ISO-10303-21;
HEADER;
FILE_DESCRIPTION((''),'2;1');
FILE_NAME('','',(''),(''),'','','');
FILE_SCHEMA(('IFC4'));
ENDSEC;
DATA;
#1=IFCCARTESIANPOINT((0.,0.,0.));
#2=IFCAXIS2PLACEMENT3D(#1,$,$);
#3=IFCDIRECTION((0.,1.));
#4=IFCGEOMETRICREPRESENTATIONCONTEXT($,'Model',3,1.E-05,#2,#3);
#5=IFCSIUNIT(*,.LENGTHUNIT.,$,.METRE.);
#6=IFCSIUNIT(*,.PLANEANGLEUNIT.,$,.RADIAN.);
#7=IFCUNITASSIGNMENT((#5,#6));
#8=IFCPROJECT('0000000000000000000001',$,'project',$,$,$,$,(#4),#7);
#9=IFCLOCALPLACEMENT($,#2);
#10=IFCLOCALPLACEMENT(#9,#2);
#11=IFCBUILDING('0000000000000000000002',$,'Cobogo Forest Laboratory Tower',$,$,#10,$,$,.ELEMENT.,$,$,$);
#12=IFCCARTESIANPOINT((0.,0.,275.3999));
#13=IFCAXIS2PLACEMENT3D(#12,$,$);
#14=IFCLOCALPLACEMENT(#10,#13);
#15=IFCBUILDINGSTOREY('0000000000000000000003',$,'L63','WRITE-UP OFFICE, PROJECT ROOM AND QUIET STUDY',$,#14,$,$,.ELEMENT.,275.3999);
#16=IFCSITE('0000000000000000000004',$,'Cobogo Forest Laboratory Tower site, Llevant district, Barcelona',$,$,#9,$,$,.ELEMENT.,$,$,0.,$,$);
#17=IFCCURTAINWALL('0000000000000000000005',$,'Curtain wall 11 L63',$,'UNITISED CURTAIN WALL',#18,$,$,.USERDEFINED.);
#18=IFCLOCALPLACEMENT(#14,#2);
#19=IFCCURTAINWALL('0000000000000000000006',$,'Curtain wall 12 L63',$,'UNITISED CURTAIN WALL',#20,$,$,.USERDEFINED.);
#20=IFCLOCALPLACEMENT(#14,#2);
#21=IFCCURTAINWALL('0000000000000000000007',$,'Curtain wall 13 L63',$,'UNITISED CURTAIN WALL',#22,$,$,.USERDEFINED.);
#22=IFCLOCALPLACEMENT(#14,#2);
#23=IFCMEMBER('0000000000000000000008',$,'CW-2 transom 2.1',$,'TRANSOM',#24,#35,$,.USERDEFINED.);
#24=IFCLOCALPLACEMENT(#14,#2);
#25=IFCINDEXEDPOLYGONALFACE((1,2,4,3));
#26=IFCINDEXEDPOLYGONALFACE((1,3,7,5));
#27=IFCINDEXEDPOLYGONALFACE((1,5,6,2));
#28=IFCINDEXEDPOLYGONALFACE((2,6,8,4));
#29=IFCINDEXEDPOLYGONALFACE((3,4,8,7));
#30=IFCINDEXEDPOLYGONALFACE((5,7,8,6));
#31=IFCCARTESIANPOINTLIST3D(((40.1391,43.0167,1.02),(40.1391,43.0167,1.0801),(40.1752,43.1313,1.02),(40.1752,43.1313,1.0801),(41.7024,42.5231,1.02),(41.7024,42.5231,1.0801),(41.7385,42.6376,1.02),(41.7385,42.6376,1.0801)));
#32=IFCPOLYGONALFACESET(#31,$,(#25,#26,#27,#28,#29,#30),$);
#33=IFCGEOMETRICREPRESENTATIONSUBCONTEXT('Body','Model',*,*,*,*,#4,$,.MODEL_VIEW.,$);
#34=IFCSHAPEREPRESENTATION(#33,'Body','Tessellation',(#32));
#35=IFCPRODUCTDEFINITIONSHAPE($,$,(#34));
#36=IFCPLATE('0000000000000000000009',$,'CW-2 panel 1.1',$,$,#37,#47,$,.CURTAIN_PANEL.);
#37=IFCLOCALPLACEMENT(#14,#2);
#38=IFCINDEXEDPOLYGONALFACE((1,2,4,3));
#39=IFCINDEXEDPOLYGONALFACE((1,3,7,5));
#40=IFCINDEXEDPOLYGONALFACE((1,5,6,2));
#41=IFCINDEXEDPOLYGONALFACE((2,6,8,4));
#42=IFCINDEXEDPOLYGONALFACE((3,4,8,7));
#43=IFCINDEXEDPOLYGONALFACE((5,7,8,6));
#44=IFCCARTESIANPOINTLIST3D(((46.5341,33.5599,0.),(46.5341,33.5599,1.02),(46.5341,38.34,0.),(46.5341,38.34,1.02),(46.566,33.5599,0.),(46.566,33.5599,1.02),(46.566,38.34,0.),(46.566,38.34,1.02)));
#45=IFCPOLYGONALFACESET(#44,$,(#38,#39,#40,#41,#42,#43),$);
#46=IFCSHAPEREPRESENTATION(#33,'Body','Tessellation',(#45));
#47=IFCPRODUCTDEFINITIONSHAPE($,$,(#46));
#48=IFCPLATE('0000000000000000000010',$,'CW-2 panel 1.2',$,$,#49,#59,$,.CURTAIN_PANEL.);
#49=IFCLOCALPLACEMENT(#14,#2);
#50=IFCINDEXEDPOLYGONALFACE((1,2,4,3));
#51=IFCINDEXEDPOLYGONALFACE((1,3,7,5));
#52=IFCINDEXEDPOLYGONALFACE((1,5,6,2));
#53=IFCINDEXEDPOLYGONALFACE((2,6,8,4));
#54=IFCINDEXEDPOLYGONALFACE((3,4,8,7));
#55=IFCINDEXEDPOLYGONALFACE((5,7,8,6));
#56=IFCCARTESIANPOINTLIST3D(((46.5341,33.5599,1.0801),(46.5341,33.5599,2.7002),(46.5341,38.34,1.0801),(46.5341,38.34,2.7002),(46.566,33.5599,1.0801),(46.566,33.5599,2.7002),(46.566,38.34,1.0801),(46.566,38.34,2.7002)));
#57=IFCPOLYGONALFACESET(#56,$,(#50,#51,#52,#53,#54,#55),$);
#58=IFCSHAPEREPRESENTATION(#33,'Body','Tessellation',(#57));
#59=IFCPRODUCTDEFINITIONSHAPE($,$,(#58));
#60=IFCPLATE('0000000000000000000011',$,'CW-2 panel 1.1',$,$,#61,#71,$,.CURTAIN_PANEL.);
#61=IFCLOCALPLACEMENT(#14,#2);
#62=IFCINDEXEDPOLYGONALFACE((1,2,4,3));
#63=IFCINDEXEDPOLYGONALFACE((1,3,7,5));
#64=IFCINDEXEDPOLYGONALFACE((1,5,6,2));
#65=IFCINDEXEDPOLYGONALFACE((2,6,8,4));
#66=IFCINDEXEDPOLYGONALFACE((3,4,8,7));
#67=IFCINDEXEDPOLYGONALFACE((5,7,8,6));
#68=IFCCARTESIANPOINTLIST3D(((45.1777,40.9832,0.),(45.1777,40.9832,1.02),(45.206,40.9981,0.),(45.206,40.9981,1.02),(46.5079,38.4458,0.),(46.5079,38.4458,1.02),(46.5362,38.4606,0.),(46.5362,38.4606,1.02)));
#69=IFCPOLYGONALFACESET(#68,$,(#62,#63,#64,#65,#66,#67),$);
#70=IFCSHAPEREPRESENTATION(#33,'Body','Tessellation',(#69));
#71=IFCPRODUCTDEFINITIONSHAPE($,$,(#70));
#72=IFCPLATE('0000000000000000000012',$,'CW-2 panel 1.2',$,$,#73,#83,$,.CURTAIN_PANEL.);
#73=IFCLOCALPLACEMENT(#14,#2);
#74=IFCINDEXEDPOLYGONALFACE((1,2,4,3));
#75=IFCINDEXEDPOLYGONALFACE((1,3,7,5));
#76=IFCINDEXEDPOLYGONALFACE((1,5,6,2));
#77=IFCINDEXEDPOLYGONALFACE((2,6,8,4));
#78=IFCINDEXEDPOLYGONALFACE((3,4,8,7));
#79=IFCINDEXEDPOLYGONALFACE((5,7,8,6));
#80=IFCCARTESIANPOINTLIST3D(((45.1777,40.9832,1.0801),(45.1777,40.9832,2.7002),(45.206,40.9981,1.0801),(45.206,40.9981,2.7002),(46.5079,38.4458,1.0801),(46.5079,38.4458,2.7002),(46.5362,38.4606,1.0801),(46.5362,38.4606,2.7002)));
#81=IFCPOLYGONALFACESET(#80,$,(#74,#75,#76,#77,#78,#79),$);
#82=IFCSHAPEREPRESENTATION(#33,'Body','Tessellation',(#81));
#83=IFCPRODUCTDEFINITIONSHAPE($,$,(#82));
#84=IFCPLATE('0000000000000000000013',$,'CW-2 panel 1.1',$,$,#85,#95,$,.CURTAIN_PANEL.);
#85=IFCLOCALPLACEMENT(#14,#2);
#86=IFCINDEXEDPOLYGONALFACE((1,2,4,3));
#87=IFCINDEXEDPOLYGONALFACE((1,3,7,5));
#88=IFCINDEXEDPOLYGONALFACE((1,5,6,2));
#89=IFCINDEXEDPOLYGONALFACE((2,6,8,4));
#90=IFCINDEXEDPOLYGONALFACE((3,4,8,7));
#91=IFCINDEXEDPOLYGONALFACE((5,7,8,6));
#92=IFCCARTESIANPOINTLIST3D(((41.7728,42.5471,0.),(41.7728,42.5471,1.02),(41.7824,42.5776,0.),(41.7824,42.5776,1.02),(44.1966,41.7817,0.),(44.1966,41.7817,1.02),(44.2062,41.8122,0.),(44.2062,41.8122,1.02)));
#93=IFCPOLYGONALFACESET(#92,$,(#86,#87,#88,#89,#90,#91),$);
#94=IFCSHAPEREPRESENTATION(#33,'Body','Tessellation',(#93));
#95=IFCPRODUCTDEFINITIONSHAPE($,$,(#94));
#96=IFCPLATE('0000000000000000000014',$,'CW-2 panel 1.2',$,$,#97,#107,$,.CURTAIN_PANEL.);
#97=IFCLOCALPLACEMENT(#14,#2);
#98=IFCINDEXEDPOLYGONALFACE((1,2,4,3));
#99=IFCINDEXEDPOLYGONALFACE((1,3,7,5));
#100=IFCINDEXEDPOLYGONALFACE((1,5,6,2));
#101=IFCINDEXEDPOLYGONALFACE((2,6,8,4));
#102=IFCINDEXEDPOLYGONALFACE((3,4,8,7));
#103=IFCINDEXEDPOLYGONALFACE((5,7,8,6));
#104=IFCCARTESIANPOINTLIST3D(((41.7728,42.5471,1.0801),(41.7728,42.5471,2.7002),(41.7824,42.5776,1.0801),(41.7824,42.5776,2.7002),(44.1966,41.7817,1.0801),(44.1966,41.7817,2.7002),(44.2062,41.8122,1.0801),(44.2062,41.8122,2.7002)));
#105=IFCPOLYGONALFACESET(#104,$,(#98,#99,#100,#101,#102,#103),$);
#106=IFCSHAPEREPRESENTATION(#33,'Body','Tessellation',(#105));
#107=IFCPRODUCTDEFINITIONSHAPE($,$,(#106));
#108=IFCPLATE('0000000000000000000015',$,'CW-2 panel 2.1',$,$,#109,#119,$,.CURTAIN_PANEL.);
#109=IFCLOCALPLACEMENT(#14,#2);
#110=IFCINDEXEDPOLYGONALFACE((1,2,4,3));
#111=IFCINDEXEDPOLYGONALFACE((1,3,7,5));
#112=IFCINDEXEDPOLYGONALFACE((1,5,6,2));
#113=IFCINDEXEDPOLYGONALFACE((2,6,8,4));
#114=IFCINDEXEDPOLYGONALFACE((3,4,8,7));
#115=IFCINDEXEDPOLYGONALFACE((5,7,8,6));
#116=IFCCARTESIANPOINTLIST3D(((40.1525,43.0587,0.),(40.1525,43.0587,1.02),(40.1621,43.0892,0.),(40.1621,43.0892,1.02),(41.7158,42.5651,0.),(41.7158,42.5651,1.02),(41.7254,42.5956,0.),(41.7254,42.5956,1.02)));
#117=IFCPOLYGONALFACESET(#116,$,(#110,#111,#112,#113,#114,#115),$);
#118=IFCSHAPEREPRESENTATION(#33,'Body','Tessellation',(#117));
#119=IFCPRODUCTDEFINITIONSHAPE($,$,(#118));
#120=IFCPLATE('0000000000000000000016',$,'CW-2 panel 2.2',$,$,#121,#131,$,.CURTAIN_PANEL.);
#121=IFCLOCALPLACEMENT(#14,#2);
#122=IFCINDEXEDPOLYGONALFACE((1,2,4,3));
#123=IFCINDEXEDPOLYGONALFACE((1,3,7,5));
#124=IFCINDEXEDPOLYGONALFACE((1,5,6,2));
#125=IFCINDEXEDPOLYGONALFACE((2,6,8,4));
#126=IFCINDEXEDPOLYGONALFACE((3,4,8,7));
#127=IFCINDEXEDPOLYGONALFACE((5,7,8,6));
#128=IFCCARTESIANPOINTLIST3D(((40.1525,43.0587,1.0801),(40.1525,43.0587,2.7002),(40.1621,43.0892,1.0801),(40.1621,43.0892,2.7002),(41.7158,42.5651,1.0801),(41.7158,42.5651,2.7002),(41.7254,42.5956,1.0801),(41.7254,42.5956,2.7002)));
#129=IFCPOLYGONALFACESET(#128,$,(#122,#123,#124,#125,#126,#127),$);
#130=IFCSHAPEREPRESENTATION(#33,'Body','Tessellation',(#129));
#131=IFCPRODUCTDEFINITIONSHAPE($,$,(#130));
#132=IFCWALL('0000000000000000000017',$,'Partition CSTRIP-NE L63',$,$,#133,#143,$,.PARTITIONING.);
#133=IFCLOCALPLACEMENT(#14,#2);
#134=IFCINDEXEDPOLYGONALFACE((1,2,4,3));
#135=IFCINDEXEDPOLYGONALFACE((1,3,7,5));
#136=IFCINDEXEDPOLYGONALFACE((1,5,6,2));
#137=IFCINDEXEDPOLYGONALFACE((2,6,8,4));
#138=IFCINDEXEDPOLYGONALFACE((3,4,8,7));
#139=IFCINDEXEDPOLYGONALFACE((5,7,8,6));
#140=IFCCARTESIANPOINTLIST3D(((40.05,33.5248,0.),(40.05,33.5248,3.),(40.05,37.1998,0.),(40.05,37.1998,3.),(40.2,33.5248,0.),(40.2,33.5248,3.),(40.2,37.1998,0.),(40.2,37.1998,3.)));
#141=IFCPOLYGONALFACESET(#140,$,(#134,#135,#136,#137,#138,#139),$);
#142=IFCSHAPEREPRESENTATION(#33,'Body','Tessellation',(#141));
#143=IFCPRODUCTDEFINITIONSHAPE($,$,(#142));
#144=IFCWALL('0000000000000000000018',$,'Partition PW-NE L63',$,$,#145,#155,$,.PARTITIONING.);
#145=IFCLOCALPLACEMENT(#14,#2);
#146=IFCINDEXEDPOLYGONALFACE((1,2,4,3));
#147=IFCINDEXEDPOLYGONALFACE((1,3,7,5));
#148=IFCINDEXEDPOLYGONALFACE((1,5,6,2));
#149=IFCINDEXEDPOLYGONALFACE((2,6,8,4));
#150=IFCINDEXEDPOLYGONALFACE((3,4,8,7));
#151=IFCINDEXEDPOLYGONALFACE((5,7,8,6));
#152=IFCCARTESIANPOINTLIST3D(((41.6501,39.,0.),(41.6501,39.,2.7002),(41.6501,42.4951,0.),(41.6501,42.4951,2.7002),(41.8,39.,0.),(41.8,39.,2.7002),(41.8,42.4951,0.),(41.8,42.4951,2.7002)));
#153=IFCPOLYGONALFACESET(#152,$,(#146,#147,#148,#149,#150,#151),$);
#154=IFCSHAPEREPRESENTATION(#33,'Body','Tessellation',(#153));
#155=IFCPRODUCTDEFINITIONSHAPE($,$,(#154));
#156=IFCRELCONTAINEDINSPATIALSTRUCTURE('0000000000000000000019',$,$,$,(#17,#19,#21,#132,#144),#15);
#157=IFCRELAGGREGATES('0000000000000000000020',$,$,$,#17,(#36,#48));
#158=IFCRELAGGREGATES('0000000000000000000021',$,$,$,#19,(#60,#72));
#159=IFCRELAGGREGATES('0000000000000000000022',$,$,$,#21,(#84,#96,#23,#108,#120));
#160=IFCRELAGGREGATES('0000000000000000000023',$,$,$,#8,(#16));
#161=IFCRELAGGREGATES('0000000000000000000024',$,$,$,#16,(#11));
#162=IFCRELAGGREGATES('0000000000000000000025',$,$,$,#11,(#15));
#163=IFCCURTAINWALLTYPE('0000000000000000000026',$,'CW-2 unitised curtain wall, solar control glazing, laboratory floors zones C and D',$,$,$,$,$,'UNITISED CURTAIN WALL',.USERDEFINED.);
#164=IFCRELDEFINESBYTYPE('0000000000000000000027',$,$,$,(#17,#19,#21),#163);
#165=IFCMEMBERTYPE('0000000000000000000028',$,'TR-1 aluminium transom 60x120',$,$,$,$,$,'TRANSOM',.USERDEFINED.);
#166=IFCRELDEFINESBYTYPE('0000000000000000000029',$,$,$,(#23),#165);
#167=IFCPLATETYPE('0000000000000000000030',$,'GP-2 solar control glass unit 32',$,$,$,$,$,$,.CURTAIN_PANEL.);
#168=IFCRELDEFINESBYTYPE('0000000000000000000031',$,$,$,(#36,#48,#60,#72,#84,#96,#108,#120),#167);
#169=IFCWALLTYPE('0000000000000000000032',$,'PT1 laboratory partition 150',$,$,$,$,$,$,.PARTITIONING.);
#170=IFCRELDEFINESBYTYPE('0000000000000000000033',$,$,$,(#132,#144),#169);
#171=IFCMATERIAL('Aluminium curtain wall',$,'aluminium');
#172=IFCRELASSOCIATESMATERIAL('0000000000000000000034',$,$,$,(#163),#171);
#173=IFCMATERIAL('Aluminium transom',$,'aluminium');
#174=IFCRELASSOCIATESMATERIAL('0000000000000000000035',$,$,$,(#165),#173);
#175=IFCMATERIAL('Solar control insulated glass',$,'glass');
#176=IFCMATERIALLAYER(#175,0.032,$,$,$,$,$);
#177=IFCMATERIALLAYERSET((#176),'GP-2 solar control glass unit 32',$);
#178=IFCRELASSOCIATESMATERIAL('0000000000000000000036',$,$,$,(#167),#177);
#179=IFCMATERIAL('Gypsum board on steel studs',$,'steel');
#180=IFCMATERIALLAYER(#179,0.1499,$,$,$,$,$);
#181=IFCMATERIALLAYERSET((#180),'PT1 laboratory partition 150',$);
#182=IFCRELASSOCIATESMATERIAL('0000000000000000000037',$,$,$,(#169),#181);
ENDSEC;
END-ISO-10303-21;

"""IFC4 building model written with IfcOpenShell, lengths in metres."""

from ifc_helpers import new_model, si_unit, direction, frame, frame_2d, origin, origin_2d, place, context, subcontext, project, spatial, rectangle, extrude, material, layer, layer_set, material_profile, profile_set, type_object, element, aggregate, save


model = new_model("IFC4")

# Units and contexts
model_context = context("Model", 3, precision=1e-05, world=origin(), true_north=direction((0.0, 1.0)))
body_context = subcontext(model_context, "Body", "Model", "MODEL_VIEW")
ifc_project = project(units=[si_unit("LENGTHUNIT", "METRE"), si_unit("PLANEANGLEUNIT", "RADIAN")], contexts=[model_context])

# Site, building, storey
site_placement = place(None, origin())
site = spatial("IfcSite", under=ifc_project, at=site_placement, Name="Cobogo Forest Laboratory Tower site, Llevant district, Barcelona", CompositionType="ELEMENT", RefElevation=0.0)
building_placement = place(site_placement, origin())
building = spatial("IfcBuilding", under=site, at=building_placement, Name="Cobogo Forest Laboratory Tower", CompositionType="ELEMENT")
storey_placement = place(building_placement, frame((0.0, 0.0, 275.3999)))
storey = spatial("IfcBuildingStorey", under=building, at=storey_placement, Name="L63", Description="WRITE-UP OFFICE, PROJECT ROOM AND QUIET STUDY", CompositionType="ELEMENT", Elevation=275.3999)

# Curtain walls
ifc_material_1 = material(Name="Aluminium curtain wall", Category="aluminium")
curtain_wall_type = type_object("IfcCurtainWallType", Name="CW-2 unitised curtain wall, solar control glazing, laboratory floors zones C and D", ElementType="UNITISED CURTAIN WALL", PredefinedType="USERDEFINED", material=ifc_material_1)
curtain_wall_1_placement = place(storey_placement, origin())
curtain_wall_1 = element("IfcCurtainWall", 1, at=curtain_wall_1_placement, inside=storey, type_object=curtain_wall_type, Name="Curtain wall 11 L63", ObjectType="UNITISED CURTAIN WALL", PredefinedType="USERDEFINED")
curtain_wall_2_placement = place(storey_placement, origin())
curtain_wall_2 = element("IfcCurtainWall", 2, at=curtain_wall_2_placement, inside=storey, type_object=curtain_wall_type, Name="Curtain wall 12 L63", ObjectType="UNITISED CURTAIN WALL", PredefinedType="USERDEFINED")
curtain_wall_3_placement = place(storey_placement, origin())
curtain_wall_3 = element("IfcCurtainWall", 3, at=curtain_wall_3_placement, inside=storey, type_object=curtain_wall_type, Name="Curtain wall 13 L63", ObjectType="UNITISED CURTAIN WALL", PredefinedType="USERDEFINED")

# Member
ifc_material_2 = material(Name="Aluminium transom", Category="aluminium")
ifc_material_profile_1 = material_profile(ifc_material_2, rectangle(XDim=0.1201, YDim=0.0601, at=origin_2d()), Name="AL 60x120")
ifc_profile_set_1 = profile_set([ifc_material_profile_1], Name="Aluminium transom")
member_type_1 = type_object("IfcMemberType", Name="TR-1 aluminium transom 60x120", ElementType="TRANSOM", PredefinedType="USERDEFINED", material=ifc_profile_set_1)
member_1_placement = place(storey_placement, frame((41.7205, 42.5803, 1.05), z_axis=(-0.953583, 0.301131, 0.0), x_axis=(-0.301131, -0.953583, 0.0)))
member_1 = element("IfcMember", 4, at=member_1_placement, type_object=member_type_1, Name="CW-2 transom 2.1", ObjectType="TRANSOM", PredefinedType="USERDEFINED", context=body_context, shape_type="SweptSolid", body=[
    extrude(rectangle(XDim=0.1201, YDim=0.0601, at=origin_2d()), origin(), (0.0, 0.0, 1.0), 1.6394),
])

# Plates
ifc_material_3 = material(Name="Solar control insulated glass", Category="glass")
ifc_layer_1 = layer(ifc_material_3, 0.032)
ifc_layer_set_1 = layer_set([ifc_layer_1], Name="GP-2 solar control glass unit 32")
plate_type = type_object("IfcPlateType", Name="GP-2 solar control glass unit 32", PredefinedType="CURTAIN_PANEL", material=ifc_layer_set_1)
plate_1_placement = place(storey_placement, frame((46.55, 35.95, 0.0), z_axis=(0.0, 0.0, 1.0), x_axis=(0.0, 1.0, 0.0)))
plate_1 = element("IfcPlate", 5, at=plate_1_placement, type_object=plate_type, Name="CW-2 panel 1.1", PredefinedType="CURTAIN_PANEL", context=body_context, shape_type="SweptSolid", body=[
    extrude(rectangle(XDim=4.78, YDim=0.032, at=origin_2d()), origin(), (0.0, 0.0, 1.0), 1.02),
])
plate_2_placement = place(storey_placement, frame((46.55, 35.95, 1.0801), z_axis=(0.0, 0.0, 1.0), x_axis=(0.0, 1.0, 0.0)))
plate_2 = element("IfcPlate", 6, at=plate_2_placement, type_object=plate_type, Name="CW-2 panel 1.2", PredefinedType="CURTAIN_PANEL", context=body_context, shape_type="SweptSolid", body=[
    extrude(rectangle(XDim=4.78, YDim=0.032, at=origin_2d()), origin(), (0.0, 0.0, 1.0), 1.6201),
])
aggregate(curtain_wall_1, [plate_1, plate_2])
plate_3_placement = place(storey_placement, frame((45.8569, 39.7219, 0.0), z_axis=(0.0, 0.0, 1.0), x_axis=(-0.464284, 0.885686, 0.0)))
plate_3 = element("IfcPlate", 7, at=plate_3_placement, type_object=plate_type, Name="CW-2 panel 1.1", PredefinedType="CURTAIN_PANEL", context=body_context, shape_type="SweptSolid", body=[
    extrude(rectangle(XDim=2.865, YDim=0.032, at=origin_2d()), origin(), (0.0, 0.0, 1.0), 1.02),
])
plate_4_placement = place(storey_placement, frame((45.8569, 39.7219, 1.0801), z_axis=(0.0, 0.0, 1.0), x_axis=(-0.464284, 0.885686, 0.0)))
plate_4 = element("IfcPlate", 8, at=plate_4_placement, type_object=plate_type, Name="CW-2 panel 1.2", PredefinedType="CURTAIN_PANEL", context=body_context, shape_type="SweptSolid", body=[
    extrude(rectangle(XDim=2.865, YDim=0.032, at=origin_2d()), origin(), (0.0, 0.0, 1.0), 1.6201),
])
aggregate(curtain_wall_2, [plate_3, plate_4])
plate_5_placement = place(storey_placement, frame((42.9895, 42.1797, 0.0), z_axis=(0.0, 0.0, 1.0), x_axis=(-0.953581, 0.301135, 0.0)))
plate_5 = element("IfcPlate", 9, at=plate_5_placement, type_object=plate_type, Name="CW-2 panel 1.1", PredefinedType="CURTAIN_PANEL", context=body_context, shape_type="SweptSolid", body=[
    extrude(rectangle(XDim=2.5417, YDim=0.032, at=origin_2d()), origin(), (0.0, 0.0, 1.0), 1.02),
])
plate_6_placement = place(storey_placement, frame((42.9895, 42.1797, 1.0801), z_axis=(0.0, 0.0, 1.0), x_axis=(-0.953581, 0.301135, 0.0)))
plate_6 = element("IfcPlate", 10, at=plate_6_placement, type_object=plate_type, Name="CW-2 panel 1.2", PredefinedType="CURTAIN_PANEL", context=body_context, shape_type="SweptSolid", body=[
    extrude(rectangle(XDim=2.5417, YDim=0.032, at=origin_2d()), origin(), (0.0, 0.0, 1.0), 1.6201),
])
plate_7_placement = place(storey_placement, frame((40.939, 42.8271, 0.0), z_axis=(0.0, 0.0, 1.0), x_axis=(-0.953581, 0.301135, 0.0)))
plate_7 = element("IfcPlate", 11, at=plate_7_placement, type_object=plate_type, Name="CW-2 panel 2.1", PredefinedType="CURTAIN_PANEL", context=body_context, shape_type="SweptSolid", body=[
    extrude(rectangle(XDim=1.6394, YDim=0.032, at=origin_2d()), origin(), (0.0, 0.0, 1.0), 1.02),
])
plate_8_placement = place(storey_placement, frame((40.939, 42.8271, 1.0801), z_axis=(0.0, 0.0, 1.0), x_axis=(-0.953581, 0.301135, 0.0)))
plate_8 = element("IfcPlate", 12, at=plate_8_placement, type_object=plate_type, Name="CW-2 panel 2.2", PredefinedType="CURTAIN_PANEL", context=body_context, shape_type="SweptSolid", body=[
    extrude(rectangle(XDim=1.6394, YDim=0.032, at=origin_2d()), origin(), (0.0, 0.0, 1.0), 1.6201),
])
aggregate(curtain_wall_3, [plate_5, plate_6, member_1, plate_7, plate_8])

# Walls
ifc_material_4 = material(Name="Gypsum board on steel studs", Category="steel")
ifc_layer_2 = layer(ifc_material_4, 0.1499)
ifc_layer_set_2 = layer_set([ifc_layer_2], Name="PT1 laboratory partition 150")
wall_type = type_object("IfcWallType", Name="PT1 laboratory partition 150", PredefinedType="PARTITIONING", material=ifc_layer_set_2)
wall_1_placement = place(storey_placement, frame((40.125, 33.5249, 0.0), z_axis=(0.0, 0.0, 1.0), x_axis=(0.0, 1.0, 0.0)))
element("IfcWall", 13, at=wall_1_placement, inside=storey, type_object=wall_type, Name="Partition CSTRIP-NE L63", PredefinedType="PARTITIONING", context=body_context, shape_type="SweptSolid", body=[
    extrude(rectangle(XDim=3.675, YDim=0.1499, at=frame_2d((1.8374, 0.0))), origin(), (0.0, 0.0, 1.0), 3.0),
])
wall_2_placement = place(storey_placement, frame((41.7251, 42.4951, 0.0), z_axis=(0.0, 0.0, 1.0), x_axis=(0.0, -1.0, 0.0)))
element("IfcWall", 14, at=wall_2_placement, inside=storey, type_object=wall_type, Name="Partition PW-NE L63", PredefinedType="PARTITIONING", context=body_context, shape_type="SweptSolid", body=[
    extrude(rectangle(XDim=3.4951, YDim=0.1499, at=frame_2d((1.7476, 0.0))), origin(), (0.0, 0.0, 1.0), 2.7002),
])

save(model, "model.ifc")
